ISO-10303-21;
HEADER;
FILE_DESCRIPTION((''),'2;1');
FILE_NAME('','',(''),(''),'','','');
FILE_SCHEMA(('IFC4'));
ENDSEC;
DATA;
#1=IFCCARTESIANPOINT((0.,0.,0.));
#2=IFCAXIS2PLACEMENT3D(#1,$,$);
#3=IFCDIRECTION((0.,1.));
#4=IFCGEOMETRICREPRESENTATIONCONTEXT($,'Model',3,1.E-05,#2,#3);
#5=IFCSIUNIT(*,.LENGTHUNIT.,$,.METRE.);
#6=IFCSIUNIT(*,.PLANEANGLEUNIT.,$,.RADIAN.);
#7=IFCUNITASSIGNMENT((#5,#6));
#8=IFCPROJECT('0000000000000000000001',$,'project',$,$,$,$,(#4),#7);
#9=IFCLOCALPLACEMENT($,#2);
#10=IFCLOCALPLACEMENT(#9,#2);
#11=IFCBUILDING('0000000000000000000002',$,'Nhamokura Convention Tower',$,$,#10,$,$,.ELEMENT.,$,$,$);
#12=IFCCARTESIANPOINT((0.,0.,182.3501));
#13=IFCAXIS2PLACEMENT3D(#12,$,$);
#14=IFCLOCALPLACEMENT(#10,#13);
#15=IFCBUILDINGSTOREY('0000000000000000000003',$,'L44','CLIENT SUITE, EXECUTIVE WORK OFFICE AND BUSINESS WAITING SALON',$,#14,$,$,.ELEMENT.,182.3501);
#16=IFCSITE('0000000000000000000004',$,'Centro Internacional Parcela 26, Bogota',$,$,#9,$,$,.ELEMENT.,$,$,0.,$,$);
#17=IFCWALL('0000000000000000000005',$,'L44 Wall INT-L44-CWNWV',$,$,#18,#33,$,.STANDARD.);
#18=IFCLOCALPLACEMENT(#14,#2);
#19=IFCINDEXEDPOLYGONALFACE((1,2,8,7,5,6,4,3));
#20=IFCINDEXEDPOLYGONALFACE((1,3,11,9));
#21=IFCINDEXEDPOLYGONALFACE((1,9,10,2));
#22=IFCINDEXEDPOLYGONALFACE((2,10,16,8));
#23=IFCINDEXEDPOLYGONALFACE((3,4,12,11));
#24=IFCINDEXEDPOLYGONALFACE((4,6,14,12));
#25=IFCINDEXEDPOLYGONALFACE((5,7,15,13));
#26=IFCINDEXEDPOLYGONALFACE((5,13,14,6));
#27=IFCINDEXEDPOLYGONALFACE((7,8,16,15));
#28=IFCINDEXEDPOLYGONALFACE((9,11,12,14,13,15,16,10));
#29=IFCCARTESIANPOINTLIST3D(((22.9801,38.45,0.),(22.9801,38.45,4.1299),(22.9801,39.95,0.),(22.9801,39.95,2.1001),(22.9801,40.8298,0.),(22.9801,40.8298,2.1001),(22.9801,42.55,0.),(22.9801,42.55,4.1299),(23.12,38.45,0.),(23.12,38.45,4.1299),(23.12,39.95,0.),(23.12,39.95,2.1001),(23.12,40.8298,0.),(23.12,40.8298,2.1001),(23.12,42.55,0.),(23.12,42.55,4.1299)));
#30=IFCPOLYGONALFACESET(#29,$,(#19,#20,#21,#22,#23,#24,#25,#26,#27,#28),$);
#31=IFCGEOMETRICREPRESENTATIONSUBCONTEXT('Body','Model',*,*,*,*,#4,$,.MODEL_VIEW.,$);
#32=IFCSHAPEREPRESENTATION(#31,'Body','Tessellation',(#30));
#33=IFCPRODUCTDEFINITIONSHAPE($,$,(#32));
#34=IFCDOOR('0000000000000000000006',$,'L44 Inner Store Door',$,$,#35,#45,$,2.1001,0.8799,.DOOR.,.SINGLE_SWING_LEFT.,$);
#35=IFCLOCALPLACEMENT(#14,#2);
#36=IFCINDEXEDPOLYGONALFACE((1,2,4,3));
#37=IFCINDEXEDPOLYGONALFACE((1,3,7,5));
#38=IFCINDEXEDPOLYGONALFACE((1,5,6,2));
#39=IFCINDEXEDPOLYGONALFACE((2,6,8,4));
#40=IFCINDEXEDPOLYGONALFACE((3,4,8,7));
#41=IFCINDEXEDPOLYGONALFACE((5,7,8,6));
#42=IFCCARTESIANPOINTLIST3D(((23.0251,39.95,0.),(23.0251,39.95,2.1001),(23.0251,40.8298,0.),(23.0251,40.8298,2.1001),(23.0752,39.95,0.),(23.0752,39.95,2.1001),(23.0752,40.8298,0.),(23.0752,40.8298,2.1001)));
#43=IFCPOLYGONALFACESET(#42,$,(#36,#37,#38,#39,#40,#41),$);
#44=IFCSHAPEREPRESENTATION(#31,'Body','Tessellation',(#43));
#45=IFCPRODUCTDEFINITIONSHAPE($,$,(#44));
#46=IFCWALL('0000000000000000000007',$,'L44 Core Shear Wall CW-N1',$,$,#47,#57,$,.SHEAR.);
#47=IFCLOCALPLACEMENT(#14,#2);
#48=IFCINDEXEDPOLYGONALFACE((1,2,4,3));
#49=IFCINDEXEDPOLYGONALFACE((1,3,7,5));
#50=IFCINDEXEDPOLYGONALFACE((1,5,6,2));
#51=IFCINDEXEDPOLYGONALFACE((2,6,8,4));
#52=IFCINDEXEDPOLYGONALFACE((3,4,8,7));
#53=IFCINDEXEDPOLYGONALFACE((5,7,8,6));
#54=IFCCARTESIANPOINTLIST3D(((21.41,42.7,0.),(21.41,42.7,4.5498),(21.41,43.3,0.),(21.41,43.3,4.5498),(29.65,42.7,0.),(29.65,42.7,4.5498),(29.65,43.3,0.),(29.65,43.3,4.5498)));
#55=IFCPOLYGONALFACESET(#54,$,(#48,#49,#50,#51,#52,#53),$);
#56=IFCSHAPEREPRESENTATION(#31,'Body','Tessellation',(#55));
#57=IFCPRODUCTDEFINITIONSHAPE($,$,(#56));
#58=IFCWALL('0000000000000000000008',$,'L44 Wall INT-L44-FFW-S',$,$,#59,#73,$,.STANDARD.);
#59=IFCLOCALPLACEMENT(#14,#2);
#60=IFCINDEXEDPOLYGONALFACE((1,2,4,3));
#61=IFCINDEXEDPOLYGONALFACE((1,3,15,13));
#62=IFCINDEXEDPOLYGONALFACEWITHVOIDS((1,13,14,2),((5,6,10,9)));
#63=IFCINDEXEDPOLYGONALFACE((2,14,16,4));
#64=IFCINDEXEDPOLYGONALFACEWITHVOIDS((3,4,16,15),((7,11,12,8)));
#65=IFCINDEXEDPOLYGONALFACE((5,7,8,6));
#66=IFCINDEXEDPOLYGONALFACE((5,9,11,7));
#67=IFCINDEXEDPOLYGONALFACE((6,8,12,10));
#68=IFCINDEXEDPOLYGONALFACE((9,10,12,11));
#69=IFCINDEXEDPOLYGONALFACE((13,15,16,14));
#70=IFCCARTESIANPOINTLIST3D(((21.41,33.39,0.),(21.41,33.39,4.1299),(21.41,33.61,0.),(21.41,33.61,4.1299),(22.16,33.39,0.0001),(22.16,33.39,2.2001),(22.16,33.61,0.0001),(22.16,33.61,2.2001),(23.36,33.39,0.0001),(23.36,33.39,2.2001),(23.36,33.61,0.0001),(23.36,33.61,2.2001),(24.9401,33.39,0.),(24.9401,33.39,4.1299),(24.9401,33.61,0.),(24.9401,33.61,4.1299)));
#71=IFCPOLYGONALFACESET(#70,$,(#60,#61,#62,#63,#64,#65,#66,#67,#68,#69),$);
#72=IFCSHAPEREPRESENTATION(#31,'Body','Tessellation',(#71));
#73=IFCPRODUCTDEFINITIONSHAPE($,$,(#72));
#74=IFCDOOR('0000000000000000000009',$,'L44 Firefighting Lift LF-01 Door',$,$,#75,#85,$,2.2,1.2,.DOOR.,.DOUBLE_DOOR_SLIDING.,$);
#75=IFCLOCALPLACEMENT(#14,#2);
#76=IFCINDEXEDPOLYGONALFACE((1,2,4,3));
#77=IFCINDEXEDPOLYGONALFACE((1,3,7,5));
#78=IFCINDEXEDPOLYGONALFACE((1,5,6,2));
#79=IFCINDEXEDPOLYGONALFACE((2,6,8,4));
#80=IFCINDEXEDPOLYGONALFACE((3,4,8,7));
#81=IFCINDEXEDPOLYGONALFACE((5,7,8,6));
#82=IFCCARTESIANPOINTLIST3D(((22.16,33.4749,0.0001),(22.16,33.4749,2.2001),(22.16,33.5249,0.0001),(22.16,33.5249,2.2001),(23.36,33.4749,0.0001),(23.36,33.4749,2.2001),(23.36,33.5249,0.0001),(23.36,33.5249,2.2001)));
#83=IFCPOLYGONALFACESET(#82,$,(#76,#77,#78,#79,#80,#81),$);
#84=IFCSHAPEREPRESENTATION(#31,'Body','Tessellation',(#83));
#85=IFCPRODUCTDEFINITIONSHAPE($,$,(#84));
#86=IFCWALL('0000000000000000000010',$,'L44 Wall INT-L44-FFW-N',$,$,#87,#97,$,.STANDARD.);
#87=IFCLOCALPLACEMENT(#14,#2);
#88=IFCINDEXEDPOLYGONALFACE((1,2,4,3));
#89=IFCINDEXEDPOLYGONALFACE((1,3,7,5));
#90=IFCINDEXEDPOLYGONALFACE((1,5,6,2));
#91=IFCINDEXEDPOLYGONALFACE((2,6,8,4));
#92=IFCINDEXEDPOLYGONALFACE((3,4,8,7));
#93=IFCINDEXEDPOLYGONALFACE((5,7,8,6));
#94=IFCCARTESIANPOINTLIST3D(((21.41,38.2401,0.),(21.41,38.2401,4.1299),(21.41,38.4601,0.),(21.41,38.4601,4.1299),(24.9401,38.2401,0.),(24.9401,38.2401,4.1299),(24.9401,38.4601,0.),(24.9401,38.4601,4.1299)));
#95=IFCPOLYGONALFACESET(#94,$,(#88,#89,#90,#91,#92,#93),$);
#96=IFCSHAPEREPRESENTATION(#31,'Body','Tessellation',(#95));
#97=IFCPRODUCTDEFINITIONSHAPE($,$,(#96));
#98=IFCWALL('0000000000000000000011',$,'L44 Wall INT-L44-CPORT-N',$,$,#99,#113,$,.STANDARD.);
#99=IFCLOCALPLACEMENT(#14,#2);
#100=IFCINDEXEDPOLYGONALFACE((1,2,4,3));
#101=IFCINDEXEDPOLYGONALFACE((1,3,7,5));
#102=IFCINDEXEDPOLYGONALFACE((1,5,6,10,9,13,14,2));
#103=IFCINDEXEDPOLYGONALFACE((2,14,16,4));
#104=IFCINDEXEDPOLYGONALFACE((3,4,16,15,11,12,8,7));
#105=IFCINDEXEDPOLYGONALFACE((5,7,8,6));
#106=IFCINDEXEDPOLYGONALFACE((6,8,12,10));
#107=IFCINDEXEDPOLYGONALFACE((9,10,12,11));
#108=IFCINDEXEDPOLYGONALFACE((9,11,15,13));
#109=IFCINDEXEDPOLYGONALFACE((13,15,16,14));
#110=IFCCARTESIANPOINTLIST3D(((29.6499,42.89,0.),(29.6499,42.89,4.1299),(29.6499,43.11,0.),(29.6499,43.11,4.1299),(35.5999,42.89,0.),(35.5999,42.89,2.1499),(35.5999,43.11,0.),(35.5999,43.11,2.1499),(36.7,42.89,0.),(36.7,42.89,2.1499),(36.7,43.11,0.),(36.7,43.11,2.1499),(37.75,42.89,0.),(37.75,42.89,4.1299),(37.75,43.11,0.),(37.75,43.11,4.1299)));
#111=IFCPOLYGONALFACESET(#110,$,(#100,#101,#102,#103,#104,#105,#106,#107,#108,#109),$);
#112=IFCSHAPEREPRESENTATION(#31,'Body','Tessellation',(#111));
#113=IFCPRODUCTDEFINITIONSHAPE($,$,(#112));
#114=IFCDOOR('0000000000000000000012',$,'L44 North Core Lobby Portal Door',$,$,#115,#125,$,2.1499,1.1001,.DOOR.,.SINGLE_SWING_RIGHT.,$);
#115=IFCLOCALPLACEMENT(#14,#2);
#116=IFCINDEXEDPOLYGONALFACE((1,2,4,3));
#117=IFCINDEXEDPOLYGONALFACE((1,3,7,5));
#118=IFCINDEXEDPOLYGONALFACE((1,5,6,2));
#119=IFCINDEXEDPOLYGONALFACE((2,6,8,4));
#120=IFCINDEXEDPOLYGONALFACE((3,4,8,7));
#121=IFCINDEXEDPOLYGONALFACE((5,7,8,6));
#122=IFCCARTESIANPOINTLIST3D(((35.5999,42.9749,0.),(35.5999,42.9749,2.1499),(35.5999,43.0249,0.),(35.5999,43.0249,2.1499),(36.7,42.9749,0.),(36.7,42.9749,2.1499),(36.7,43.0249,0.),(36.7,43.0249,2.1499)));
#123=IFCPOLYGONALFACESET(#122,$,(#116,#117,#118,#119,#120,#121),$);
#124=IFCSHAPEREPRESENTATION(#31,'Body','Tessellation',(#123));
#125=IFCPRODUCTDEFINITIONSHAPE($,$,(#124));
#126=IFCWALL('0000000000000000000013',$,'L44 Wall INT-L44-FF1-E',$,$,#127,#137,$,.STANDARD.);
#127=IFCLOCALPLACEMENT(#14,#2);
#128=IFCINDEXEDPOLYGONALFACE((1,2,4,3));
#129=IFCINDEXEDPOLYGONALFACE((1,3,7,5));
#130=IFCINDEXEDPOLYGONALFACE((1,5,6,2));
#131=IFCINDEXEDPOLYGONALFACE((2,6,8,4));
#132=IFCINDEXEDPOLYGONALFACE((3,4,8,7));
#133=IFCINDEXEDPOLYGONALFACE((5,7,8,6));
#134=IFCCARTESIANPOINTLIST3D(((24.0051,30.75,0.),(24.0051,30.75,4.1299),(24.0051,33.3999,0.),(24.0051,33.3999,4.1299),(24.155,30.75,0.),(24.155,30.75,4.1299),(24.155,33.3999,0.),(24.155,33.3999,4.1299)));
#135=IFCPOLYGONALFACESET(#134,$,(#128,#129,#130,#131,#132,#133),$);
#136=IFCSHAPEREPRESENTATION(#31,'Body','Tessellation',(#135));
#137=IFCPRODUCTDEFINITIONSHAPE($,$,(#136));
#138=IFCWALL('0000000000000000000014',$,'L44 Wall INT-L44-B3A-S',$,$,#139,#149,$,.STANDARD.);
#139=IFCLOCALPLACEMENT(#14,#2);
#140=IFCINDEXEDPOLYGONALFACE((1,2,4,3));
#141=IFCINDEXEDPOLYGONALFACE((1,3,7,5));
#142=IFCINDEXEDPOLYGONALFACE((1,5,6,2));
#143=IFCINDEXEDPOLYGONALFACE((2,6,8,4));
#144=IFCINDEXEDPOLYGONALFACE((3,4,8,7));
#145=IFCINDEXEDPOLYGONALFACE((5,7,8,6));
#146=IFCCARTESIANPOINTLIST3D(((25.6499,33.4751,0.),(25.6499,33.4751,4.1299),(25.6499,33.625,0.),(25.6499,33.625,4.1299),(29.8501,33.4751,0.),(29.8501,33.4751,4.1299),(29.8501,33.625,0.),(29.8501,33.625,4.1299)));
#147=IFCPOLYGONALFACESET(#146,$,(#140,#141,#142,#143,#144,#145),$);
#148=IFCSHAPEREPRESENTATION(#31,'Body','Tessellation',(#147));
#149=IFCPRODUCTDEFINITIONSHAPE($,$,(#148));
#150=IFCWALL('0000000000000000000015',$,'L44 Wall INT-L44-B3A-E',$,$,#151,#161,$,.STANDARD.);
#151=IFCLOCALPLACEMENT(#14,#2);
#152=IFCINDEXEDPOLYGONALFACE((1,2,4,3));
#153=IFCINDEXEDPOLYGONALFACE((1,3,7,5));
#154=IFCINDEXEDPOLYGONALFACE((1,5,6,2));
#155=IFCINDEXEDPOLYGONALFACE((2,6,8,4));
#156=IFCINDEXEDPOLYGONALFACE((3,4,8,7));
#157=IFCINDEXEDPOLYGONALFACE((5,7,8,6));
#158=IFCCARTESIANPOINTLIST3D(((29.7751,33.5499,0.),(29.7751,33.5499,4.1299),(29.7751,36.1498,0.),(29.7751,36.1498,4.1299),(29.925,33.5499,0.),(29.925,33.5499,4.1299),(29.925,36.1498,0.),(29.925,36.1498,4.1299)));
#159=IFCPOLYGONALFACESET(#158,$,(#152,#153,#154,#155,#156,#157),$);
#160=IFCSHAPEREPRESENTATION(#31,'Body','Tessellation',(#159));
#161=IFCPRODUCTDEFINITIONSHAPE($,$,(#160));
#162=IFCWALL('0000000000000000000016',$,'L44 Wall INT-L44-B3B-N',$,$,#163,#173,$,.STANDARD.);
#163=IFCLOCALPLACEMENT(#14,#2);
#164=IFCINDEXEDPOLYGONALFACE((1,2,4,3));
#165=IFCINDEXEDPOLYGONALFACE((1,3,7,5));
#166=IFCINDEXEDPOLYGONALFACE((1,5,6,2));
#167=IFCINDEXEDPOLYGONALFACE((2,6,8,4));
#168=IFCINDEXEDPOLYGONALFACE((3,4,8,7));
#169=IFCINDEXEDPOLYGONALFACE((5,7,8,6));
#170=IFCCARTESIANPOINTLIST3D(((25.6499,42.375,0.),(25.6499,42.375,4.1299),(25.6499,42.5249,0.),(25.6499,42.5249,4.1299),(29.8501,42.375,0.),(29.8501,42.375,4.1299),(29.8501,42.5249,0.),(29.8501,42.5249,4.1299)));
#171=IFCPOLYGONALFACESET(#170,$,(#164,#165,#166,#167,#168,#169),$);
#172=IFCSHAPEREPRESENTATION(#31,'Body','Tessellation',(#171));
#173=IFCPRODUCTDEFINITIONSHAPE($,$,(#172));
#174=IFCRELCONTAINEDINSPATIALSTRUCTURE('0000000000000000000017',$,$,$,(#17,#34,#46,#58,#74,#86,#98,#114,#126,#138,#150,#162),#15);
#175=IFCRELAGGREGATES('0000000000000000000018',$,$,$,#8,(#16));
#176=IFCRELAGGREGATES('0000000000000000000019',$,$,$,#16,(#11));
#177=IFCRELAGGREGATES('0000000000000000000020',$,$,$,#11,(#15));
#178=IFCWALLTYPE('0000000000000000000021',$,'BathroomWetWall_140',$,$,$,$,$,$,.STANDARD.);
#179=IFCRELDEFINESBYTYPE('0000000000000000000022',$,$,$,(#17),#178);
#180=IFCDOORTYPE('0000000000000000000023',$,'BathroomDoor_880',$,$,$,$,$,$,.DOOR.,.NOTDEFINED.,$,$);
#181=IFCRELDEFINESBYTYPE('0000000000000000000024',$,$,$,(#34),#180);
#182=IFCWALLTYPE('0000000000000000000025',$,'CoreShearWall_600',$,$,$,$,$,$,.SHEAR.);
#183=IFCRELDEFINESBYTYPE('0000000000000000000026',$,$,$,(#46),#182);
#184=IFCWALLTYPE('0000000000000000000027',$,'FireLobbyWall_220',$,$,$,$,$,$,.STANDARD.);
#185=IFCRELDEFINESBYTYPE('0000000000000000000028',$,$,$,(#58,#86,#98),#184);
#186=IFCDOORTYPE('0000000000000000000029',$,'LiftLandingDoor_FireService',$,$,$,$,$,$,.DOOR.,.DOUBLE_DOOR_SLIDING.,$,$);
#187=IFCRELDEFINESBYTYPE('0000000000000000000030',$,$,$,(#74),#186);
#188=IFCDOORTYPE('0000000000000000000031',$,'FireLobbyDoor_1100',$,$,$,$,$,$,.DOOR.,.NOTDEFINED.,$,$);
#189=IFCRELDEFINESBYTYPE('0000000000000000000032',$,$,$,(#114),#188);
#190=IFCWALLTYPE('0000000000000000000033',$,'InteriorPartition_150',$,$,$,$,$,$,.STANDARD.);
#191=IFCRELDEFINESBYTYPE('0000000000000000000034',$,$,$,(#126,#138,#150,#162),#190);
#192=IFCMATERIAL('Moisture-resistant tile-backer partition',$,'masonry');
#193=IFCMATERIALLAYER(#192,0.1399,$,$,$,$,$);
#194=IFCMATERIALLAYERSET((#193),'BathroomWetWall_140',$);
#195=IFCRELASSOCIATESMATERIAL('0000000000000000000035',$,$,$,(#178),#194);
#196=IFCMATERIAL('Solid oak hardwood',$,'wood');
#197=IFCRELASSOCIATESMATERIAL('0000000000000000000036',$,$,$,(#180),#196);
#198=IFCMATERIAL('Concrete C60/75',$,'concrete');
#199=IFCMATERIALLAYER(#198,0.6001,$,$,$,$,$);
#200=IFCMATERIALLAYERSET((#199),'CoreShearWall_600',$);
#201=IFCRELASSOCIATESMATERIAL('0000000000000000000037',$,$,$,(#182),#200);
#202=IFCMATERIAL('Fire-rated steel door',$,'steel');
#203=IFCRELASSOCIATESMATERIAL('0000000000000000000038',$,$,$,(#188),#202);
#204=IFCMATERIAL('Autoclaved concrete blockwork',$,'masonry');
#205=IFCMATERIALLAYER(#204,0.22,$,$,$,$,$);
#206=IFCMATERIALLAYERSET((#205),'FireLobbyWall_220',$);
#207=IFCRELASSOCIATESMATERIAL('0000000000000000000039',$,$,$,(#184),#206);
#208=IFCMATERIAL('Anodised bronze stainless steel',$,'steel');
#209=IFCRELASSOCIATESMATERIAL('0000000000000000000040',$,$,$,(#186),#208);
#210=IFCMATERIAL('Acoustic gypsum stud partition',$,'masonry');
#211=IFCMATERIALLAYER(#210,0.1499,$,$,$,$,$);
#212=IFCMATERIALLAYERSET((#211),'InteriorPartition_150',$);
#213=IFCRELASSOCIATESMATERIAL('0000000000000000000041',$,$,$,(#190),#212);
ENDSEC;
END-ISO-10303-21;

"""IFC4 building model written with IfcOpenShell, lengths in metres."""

from ifc_helpers import new_model, si_unit, direction, frame, frame_2d, origin, place, context, subcontext, project, spatial, rectangle, extrude, material, layer, layer_set, type_object, element, fill, save


model = new_model("IFC4")

# Units and contexts
model_context = context("Model", 3, precision=1e-05, world=origin(), true_north=direction((0.0, 1.0)))
body_context = subcontext(model_context, "Body", "Model", "MODEL_VIEW")
ifc_project = project(units=[si_unit("LENGTHUNIT", "METRE"), si_unit("PLANEANGLEUNIT", "RADIAN")], contexts=[model_context])

# Site, building, storey
site_placement = place(None, origin())
site = spatial("IfcSite", under=ifc_project, at=site_placement, Name="Centro Internacional Parcela 26, Bogota", CompositionType="ELEMENT", RefElevation=0.0)
building_placement = place(site_placement, origin())
building = spatial("IfcBuilding", under=site, at=building_placement, Name="Nhamokura Convention Tower", CompositionType="ELEMENT")
storey_placement = place(building_placement, frame((0.0, 0.0, 182.3501)))
storey = spatial("IfcBuildingStorey", under=building, at=storey_placement, Name="L44", Description="CLIENT SUITE, EXECUTIVE WORK OFFICE AND BUSINESS WAITING SALON", CompositionType="ELEMENT", Elevation=182.3501)

# Wall, opening, door
ifc_material_1 = material(Name="Moisture-resistant tile-backer partition", Category="masonry")
ifc_layer_1 = layer(ifc_material_1, 0.1399)
ifc_layer_set_1 = layer_set([ifc_layer_1], Name="BathroomWetWall_140")
wall_type_1 = type_object("IfcWallType", Name="BathroomWetWall_140", PredefinedType="STANDARD", material=ifc_layer_set_1)
wall_1_placement = place(storey_placement, frame((23.05, 38.45, 0.0), z_axis=(0.0, 0.0, 1.0), x_axis=(0.0, 1.0, 0.0)))
wall_1 = element("IfcWall", 1, at=wall_1_placement, inside=storey, type_object=wall_type_1, Name="L44 Wall INT-L44-CWNWV", PredefinedType="STANDARD", context=body_context, shape_type="SweptSolid", body=[
    extrude(rectangle(XDim=4.1001, YDim=0.1399, at=frame_2d((2.05, 0.0))), origin(), (0.0, 0.0, 1.0), 4.1299),
])
opening_1_placement = place(wall_1_placement, frame((1.5, 0.0, 0.0)))
opening_1 = element("IfcOpeningElement", 2, at=opening_1_placement, cuts=wall_1, PredefinedType="OPENING", context=body_context, shape_type="SweptSolid", body=[
    extrude(rectangle(XDim=0.8799, YDim=2.1001, at=frame_2d((0.4399, 1.05))), frame((0.0, 0.0798, 0.0), z_axis=(0.0, -1.0, 0.0), x_axis=(1.0, 0.0, 0.0)), (0.0, 0.0, 1.0), 0.1599),
])
ifc_material_2 = material(Name="Solid oak hardwood", Category="wood")
door_type_1 = type_object("IfcDoorType", Name="BathroomDoor_880", OperationType="NOTDEFINED", PredefinedType="DOOR", material=ifc_material_2)
door_1_placement = place(opening_1_placement, origin())
door_1 = element("IfcDoor", 3, at=door_1_placement, inside=storey, type_object=door_type_1, Name="L44 Inner Store Door", OperationType="SINGLE_SWING_LEFT", OverallHeight=2.1001, OverallWidth=0.8799, PredefinedType="DOOR", context=body_context, shape_type="SweptSolid", body=[
    extrude(rectangle(XDim=0.8799, YDim=2.1001, at=frame_2d((0.4399, 1.05))), frame((0.0, 0.0249, 0.0), z_axis=(0.0, -1.0, 0.0), x_axis=(1.0, 0.0, 0.0)), (0.0, 0.0, 1.0), 0.05),
])
fill(opening_1, door_1)

# Wall
ifc_material_3 = material(Name="Concrete C60/75", Category="concrete")
ifc_layer_2 = layer(ifc_material_3, 0.6001)
ifc_layer_set_2 = layer_set([ifc_layer_2], Name="CoreShearWall_600")
wall_type_2 = type_object("IfcWallType", Name="CoreShearWall_600", PredefinedType="SHEAR", material=ifc_layer_set_2)
wall_2_placement = place(storey_placement, frame((21.4099, 43.0, 0.0), z_axis=(0.0, 0.0, 1.0), x_axis=(1.0, 0.0, 0.0)))
element("IfcWall", 4, at=wall_2_placement, inside=storey, type_object=wall_type_2, Name="L44 Core Shear Wall CW-N1", PredefinedType="SHEAR", context=body_context, shape_type="SweptSolid", body=[
    extrude(rectangle(XDim=8.24, YDim=0.6001, at=frame_2d((4.1201, 0.0))), origin(), (0.0, 0.0, 1.0), 4.5498),
])

# Wall, opening, door
ifc_material_4 = material(Name="Fire-rated steel door", Category="steel")
door_type_2 = type_object("IfcDoorType", Name="FireLobbyDoor_1100", OperationType="NOTDEFINED", PredefinedType="DOOR", material=ifc_material_4)
ifc_material_5 = material(Name="Autoclaved concrete blockwork", Category="masonry")
ifc_layer_3 = layer(ifc_material_5, 0.22)
ifc_layer_set_3 = layer_set([ifc_layer_3], Name="FireLobbyWall_220")
wall_type_3 = type_object("IfcWallType", Name="FireLobbyWall_220", PredefinedType="STANDARD", material=ifc_layer_set_3)
wall_3_placement = place(storey_placement, frame((21.4099, 33.5, 0.0), z_axis=(0.0, 0.0, 1.0), x_axis=(1.0, 0.0, 0.0)))
wall_3 = element("IfcWall", 5, at=wall_3_placement, inside=storey, type_object=wall_type_3, Name="L44 Wall INT-L44-FFW-S", PredefinedType="STANDARD", context=body_context, shape_type="SweptSolid", body=[
    extrude(rectangle(XDim=3.53, YDim=0.22, at=frame_2d((1.7651, 0.0))), origin(), (0.0, 0.0, 1.0), 4.1299),
])
opening_2_placement = place(wall_3_placement, frame((0.75, 0.0, 0.0)))
opening_2 = element("IfcOpeningElement", 6, at=opening_2_placement, cuts=wall_3, PredefinedType="OPENING", context=body_context, shape_type="SweptSolid", body=[
    extrude(rectangle(XDim=1.2, YDim=2.2, at=frame_2d((0.6001, 1.1001))), frame((0.0, 0.1199, 0.0), z_axis=(0.0, -1.0, 0.0), x_axis=(1.0, 0.0, 0.0)), (0.0, 0.0, 1.0), 0.24),
])
ifc_material_6 = material(Name="Anodised bronze stainless steel", Category="steel")
door_type_3 = type_object("IfcDoorType", Name="LiftLandingDoor_FireService", OperationType="DOUBLE_DOOR_SLIDING", PredefinedType="DOOR", material=ifc_material_6)
door_2_placement = place(opening_2_placement, origin())
door_2 = element("IfcDoor", 7, at=door_2_placement, inside=storey, type_object=door_type_3, Name="L44 Firefighting Lift LF-01 Door", OperationType="DOUBLE_DOOR_SLIDING", OverallHeight=2.2, OverallWidth=1.2, PredefinedType="DOOR", context=body_context, shape_type="SweptSolid", body=[
    extrude(rectangle(XDim=1.2, YDim=2.2, at=frame_2d((0.6001, 1.1001))), frame((0.0, 0.0249, 0.0), z_axis=(0.0, -1.0, 0.0), x_axis=(1.0, 0.0, 0.0)), (0.0, 0.0, 1.0), 0.05),
])
fill(opening_2, door_2)

# Wall
wall_4_placement = place(storey_placement, frame((21.4099, 38.3501, 0.0), z_axis=(0.0, 0.0, 1.0), x_axis=(1.0, 0.0, 0.0)))
element("IfcWall", 8, at=wall_4_placement, inside=storey, type_object=wall_type_3, Name="L44 Wall INT-L44-FFW-N", PredefinedType="STANDARD", context=body_context, shape_type="SweptSolid", body=[
    extrude(rectangle(XDim=3.53, YDim=0.22, at=frame_2d((1.7651, 0.0))), origin(), (0.0, 0.0, 1.0), 4.1299),
])

# Wall, opening, door
wall_5_placement = place(storey_placement, frame((29.6499, 43.0, 0.0), z_axis=(0.0, 0.0, 1.0), x_axis=(1.0, 0.0, 0.0)))
wall_5 = element("IfcWall", 9, at=wall_5_placement, inside=storey, type_object=wall_type_3, Name="L44 Wall INT-L44-CPORT-N", PredefinedType="STANDARD", context=body_context, shape_type="SweptSolid", body=[
    extrude(rectangle(XDim=8.1001, YDim=0.22, at=frame_2d((4.05, 0.0))), origin(), (0.0, 0.0, 1.0), 4.1299),
])
opening_3_placement = place(wall_5_placement, frame((5.95, 0.0, 0.0)))
opening_3 = element("IfcOpeningElement", 10, at=opening_3_placement, cuts=wall_5, PredefinedType="OPENING", context=body_context, shape_type="SweptSolid", body=[
    extrude(rectangle(XDim=1.1001, YDim=2.1499, at=frame_2d((0.55, 1.075))), frame((0.0, 0.1199, 0.0), z_axis=(0.0, -1.0, 0.0), x_axis=(1.0, 0.0, 0.0)), (0.0, 0.0, 1.0), 0.24),
])
door_3_placement = place(opening_3_placement, origin())
door_3 = element("IfcDoor", 11, at=door_3_placement, inside=storey, type_object=door_type_2, Name="L44 North Core Lobby Portal Door", OperationType="SINGLE_SWING_RIGHT", OverallHeight=2.1499, OverallWidth=1.1001, PredefinedType="DOOR", context=body_context, shape_type="SweptSolid", body=[
    extrude(rectangle(XDim=1.1001, YDim=2.1499, at=frame_2d((0.55, 1.075))), frame((0.0, 0.0249, 0.0), z_axis=(0.0, -1.0, 0.0), x_axis=(1.0, 0.0, 0.0)), (0.0, 0.0, 1.0), 0.05),
])
fill(opening_3, door_3)

# Walls
ifc_material_7 = material(Name="Acoustic gypsum stud partition", Category="masonry")
ifc_layer_4 = layer(ifc_material_7, 0.1499)
ifc_layer_set_4 = layer_set([ifc_layer_4], Name="InteriorPartition_150")
wall_type_4 = type_object("IfcWallType", Name="InteriorPartition_150", PredefinedType="STANDARD", material=ifc_layer_set_4)
wall_6_placement = place(storey_placement, frame((24.0801, 30.75, 0.0), z_axis=(0.0, 0.0, 1.0), x_axis=(0.0, 1.0, 0.0)))
element("IfcWall", 12, at=wall_6_placement, inside=storey, type_object=wall_type_4, Name="L44 Wall INT-L44-FF1-E", PredefinedType="STANDARD", context=body_context, shape_type="SweptSolid", body=[
    extrude(rectangle(XDim=2.6499, YDim=0.1499, at=frame_2d((1.325, 0.0))), origin(), (0.0, 0.0, 1.0), 4.1299),
])
wall_7_placement = place(storey_placement, frame((25.6499, 33.55, 0.0), z_axis=(0.0, 0.0, 1.0), x_axis=(1.0, 0.0, 0.0)))
element("IfcWall", 13, at=wall_7_placement, inside=storey, type_object=wall_type_4, Name="L44 Wall INT-L44-B3A-S", PredefinedType="STANDARD", context=body_context, shape_type="SweptSolid", body=[
    extrude(rectangle(XDim=4.2002, YDim=0.1499, at=frame_2d((2.1001, 0.0))), origin(), (0.0, 0.0, 1.0), 4.1299),
])
wall_8_placement = place(storey_placement, frame((29.8501, 33.55, 0.0), z_axis=(0.0, 0.0, 1.0), x_axis=(0.0, 1.0, 0.0)))
element("IfcWall", 14, at=wall_8_placement, inside=storey, type_object=wall_type_4, Name="L44 Wall INT-L44-B3A-E", PredefinedType="STANDARD", context=body_context, shape_type="SweptSolid", body=[
    extrude(rectangle(XDim=2.5999, YDim=0.1499, at=frame_2d((1.2998, 0.0))), origin(), (0.0, 0.0, 1.0), 4.1299),
])
wall_9_placement = place(storey_placement, frame((25.6499, 42.45, 0.0), z_axis=(0.0, 0.0, 1.0), x_axis=(1.0, 0.0, 0.0)))
element("IfcWall", 15, at=wall_9_placement, inside=storey, type_object=wall_type_4, Name="L44 Wall INT-L44-B3B-N", PredefinedType="STANDARD", context=body_context, shape_type="SweptSolid", body=[
    extrude(rectangle(XDim=4.2002, YDim=0.1499, at=frame_2d((2.1001, 0.0))), origin(), (0.0, 0.0, 1.0), 4.1299),
])

save(model, "model.ifc")
